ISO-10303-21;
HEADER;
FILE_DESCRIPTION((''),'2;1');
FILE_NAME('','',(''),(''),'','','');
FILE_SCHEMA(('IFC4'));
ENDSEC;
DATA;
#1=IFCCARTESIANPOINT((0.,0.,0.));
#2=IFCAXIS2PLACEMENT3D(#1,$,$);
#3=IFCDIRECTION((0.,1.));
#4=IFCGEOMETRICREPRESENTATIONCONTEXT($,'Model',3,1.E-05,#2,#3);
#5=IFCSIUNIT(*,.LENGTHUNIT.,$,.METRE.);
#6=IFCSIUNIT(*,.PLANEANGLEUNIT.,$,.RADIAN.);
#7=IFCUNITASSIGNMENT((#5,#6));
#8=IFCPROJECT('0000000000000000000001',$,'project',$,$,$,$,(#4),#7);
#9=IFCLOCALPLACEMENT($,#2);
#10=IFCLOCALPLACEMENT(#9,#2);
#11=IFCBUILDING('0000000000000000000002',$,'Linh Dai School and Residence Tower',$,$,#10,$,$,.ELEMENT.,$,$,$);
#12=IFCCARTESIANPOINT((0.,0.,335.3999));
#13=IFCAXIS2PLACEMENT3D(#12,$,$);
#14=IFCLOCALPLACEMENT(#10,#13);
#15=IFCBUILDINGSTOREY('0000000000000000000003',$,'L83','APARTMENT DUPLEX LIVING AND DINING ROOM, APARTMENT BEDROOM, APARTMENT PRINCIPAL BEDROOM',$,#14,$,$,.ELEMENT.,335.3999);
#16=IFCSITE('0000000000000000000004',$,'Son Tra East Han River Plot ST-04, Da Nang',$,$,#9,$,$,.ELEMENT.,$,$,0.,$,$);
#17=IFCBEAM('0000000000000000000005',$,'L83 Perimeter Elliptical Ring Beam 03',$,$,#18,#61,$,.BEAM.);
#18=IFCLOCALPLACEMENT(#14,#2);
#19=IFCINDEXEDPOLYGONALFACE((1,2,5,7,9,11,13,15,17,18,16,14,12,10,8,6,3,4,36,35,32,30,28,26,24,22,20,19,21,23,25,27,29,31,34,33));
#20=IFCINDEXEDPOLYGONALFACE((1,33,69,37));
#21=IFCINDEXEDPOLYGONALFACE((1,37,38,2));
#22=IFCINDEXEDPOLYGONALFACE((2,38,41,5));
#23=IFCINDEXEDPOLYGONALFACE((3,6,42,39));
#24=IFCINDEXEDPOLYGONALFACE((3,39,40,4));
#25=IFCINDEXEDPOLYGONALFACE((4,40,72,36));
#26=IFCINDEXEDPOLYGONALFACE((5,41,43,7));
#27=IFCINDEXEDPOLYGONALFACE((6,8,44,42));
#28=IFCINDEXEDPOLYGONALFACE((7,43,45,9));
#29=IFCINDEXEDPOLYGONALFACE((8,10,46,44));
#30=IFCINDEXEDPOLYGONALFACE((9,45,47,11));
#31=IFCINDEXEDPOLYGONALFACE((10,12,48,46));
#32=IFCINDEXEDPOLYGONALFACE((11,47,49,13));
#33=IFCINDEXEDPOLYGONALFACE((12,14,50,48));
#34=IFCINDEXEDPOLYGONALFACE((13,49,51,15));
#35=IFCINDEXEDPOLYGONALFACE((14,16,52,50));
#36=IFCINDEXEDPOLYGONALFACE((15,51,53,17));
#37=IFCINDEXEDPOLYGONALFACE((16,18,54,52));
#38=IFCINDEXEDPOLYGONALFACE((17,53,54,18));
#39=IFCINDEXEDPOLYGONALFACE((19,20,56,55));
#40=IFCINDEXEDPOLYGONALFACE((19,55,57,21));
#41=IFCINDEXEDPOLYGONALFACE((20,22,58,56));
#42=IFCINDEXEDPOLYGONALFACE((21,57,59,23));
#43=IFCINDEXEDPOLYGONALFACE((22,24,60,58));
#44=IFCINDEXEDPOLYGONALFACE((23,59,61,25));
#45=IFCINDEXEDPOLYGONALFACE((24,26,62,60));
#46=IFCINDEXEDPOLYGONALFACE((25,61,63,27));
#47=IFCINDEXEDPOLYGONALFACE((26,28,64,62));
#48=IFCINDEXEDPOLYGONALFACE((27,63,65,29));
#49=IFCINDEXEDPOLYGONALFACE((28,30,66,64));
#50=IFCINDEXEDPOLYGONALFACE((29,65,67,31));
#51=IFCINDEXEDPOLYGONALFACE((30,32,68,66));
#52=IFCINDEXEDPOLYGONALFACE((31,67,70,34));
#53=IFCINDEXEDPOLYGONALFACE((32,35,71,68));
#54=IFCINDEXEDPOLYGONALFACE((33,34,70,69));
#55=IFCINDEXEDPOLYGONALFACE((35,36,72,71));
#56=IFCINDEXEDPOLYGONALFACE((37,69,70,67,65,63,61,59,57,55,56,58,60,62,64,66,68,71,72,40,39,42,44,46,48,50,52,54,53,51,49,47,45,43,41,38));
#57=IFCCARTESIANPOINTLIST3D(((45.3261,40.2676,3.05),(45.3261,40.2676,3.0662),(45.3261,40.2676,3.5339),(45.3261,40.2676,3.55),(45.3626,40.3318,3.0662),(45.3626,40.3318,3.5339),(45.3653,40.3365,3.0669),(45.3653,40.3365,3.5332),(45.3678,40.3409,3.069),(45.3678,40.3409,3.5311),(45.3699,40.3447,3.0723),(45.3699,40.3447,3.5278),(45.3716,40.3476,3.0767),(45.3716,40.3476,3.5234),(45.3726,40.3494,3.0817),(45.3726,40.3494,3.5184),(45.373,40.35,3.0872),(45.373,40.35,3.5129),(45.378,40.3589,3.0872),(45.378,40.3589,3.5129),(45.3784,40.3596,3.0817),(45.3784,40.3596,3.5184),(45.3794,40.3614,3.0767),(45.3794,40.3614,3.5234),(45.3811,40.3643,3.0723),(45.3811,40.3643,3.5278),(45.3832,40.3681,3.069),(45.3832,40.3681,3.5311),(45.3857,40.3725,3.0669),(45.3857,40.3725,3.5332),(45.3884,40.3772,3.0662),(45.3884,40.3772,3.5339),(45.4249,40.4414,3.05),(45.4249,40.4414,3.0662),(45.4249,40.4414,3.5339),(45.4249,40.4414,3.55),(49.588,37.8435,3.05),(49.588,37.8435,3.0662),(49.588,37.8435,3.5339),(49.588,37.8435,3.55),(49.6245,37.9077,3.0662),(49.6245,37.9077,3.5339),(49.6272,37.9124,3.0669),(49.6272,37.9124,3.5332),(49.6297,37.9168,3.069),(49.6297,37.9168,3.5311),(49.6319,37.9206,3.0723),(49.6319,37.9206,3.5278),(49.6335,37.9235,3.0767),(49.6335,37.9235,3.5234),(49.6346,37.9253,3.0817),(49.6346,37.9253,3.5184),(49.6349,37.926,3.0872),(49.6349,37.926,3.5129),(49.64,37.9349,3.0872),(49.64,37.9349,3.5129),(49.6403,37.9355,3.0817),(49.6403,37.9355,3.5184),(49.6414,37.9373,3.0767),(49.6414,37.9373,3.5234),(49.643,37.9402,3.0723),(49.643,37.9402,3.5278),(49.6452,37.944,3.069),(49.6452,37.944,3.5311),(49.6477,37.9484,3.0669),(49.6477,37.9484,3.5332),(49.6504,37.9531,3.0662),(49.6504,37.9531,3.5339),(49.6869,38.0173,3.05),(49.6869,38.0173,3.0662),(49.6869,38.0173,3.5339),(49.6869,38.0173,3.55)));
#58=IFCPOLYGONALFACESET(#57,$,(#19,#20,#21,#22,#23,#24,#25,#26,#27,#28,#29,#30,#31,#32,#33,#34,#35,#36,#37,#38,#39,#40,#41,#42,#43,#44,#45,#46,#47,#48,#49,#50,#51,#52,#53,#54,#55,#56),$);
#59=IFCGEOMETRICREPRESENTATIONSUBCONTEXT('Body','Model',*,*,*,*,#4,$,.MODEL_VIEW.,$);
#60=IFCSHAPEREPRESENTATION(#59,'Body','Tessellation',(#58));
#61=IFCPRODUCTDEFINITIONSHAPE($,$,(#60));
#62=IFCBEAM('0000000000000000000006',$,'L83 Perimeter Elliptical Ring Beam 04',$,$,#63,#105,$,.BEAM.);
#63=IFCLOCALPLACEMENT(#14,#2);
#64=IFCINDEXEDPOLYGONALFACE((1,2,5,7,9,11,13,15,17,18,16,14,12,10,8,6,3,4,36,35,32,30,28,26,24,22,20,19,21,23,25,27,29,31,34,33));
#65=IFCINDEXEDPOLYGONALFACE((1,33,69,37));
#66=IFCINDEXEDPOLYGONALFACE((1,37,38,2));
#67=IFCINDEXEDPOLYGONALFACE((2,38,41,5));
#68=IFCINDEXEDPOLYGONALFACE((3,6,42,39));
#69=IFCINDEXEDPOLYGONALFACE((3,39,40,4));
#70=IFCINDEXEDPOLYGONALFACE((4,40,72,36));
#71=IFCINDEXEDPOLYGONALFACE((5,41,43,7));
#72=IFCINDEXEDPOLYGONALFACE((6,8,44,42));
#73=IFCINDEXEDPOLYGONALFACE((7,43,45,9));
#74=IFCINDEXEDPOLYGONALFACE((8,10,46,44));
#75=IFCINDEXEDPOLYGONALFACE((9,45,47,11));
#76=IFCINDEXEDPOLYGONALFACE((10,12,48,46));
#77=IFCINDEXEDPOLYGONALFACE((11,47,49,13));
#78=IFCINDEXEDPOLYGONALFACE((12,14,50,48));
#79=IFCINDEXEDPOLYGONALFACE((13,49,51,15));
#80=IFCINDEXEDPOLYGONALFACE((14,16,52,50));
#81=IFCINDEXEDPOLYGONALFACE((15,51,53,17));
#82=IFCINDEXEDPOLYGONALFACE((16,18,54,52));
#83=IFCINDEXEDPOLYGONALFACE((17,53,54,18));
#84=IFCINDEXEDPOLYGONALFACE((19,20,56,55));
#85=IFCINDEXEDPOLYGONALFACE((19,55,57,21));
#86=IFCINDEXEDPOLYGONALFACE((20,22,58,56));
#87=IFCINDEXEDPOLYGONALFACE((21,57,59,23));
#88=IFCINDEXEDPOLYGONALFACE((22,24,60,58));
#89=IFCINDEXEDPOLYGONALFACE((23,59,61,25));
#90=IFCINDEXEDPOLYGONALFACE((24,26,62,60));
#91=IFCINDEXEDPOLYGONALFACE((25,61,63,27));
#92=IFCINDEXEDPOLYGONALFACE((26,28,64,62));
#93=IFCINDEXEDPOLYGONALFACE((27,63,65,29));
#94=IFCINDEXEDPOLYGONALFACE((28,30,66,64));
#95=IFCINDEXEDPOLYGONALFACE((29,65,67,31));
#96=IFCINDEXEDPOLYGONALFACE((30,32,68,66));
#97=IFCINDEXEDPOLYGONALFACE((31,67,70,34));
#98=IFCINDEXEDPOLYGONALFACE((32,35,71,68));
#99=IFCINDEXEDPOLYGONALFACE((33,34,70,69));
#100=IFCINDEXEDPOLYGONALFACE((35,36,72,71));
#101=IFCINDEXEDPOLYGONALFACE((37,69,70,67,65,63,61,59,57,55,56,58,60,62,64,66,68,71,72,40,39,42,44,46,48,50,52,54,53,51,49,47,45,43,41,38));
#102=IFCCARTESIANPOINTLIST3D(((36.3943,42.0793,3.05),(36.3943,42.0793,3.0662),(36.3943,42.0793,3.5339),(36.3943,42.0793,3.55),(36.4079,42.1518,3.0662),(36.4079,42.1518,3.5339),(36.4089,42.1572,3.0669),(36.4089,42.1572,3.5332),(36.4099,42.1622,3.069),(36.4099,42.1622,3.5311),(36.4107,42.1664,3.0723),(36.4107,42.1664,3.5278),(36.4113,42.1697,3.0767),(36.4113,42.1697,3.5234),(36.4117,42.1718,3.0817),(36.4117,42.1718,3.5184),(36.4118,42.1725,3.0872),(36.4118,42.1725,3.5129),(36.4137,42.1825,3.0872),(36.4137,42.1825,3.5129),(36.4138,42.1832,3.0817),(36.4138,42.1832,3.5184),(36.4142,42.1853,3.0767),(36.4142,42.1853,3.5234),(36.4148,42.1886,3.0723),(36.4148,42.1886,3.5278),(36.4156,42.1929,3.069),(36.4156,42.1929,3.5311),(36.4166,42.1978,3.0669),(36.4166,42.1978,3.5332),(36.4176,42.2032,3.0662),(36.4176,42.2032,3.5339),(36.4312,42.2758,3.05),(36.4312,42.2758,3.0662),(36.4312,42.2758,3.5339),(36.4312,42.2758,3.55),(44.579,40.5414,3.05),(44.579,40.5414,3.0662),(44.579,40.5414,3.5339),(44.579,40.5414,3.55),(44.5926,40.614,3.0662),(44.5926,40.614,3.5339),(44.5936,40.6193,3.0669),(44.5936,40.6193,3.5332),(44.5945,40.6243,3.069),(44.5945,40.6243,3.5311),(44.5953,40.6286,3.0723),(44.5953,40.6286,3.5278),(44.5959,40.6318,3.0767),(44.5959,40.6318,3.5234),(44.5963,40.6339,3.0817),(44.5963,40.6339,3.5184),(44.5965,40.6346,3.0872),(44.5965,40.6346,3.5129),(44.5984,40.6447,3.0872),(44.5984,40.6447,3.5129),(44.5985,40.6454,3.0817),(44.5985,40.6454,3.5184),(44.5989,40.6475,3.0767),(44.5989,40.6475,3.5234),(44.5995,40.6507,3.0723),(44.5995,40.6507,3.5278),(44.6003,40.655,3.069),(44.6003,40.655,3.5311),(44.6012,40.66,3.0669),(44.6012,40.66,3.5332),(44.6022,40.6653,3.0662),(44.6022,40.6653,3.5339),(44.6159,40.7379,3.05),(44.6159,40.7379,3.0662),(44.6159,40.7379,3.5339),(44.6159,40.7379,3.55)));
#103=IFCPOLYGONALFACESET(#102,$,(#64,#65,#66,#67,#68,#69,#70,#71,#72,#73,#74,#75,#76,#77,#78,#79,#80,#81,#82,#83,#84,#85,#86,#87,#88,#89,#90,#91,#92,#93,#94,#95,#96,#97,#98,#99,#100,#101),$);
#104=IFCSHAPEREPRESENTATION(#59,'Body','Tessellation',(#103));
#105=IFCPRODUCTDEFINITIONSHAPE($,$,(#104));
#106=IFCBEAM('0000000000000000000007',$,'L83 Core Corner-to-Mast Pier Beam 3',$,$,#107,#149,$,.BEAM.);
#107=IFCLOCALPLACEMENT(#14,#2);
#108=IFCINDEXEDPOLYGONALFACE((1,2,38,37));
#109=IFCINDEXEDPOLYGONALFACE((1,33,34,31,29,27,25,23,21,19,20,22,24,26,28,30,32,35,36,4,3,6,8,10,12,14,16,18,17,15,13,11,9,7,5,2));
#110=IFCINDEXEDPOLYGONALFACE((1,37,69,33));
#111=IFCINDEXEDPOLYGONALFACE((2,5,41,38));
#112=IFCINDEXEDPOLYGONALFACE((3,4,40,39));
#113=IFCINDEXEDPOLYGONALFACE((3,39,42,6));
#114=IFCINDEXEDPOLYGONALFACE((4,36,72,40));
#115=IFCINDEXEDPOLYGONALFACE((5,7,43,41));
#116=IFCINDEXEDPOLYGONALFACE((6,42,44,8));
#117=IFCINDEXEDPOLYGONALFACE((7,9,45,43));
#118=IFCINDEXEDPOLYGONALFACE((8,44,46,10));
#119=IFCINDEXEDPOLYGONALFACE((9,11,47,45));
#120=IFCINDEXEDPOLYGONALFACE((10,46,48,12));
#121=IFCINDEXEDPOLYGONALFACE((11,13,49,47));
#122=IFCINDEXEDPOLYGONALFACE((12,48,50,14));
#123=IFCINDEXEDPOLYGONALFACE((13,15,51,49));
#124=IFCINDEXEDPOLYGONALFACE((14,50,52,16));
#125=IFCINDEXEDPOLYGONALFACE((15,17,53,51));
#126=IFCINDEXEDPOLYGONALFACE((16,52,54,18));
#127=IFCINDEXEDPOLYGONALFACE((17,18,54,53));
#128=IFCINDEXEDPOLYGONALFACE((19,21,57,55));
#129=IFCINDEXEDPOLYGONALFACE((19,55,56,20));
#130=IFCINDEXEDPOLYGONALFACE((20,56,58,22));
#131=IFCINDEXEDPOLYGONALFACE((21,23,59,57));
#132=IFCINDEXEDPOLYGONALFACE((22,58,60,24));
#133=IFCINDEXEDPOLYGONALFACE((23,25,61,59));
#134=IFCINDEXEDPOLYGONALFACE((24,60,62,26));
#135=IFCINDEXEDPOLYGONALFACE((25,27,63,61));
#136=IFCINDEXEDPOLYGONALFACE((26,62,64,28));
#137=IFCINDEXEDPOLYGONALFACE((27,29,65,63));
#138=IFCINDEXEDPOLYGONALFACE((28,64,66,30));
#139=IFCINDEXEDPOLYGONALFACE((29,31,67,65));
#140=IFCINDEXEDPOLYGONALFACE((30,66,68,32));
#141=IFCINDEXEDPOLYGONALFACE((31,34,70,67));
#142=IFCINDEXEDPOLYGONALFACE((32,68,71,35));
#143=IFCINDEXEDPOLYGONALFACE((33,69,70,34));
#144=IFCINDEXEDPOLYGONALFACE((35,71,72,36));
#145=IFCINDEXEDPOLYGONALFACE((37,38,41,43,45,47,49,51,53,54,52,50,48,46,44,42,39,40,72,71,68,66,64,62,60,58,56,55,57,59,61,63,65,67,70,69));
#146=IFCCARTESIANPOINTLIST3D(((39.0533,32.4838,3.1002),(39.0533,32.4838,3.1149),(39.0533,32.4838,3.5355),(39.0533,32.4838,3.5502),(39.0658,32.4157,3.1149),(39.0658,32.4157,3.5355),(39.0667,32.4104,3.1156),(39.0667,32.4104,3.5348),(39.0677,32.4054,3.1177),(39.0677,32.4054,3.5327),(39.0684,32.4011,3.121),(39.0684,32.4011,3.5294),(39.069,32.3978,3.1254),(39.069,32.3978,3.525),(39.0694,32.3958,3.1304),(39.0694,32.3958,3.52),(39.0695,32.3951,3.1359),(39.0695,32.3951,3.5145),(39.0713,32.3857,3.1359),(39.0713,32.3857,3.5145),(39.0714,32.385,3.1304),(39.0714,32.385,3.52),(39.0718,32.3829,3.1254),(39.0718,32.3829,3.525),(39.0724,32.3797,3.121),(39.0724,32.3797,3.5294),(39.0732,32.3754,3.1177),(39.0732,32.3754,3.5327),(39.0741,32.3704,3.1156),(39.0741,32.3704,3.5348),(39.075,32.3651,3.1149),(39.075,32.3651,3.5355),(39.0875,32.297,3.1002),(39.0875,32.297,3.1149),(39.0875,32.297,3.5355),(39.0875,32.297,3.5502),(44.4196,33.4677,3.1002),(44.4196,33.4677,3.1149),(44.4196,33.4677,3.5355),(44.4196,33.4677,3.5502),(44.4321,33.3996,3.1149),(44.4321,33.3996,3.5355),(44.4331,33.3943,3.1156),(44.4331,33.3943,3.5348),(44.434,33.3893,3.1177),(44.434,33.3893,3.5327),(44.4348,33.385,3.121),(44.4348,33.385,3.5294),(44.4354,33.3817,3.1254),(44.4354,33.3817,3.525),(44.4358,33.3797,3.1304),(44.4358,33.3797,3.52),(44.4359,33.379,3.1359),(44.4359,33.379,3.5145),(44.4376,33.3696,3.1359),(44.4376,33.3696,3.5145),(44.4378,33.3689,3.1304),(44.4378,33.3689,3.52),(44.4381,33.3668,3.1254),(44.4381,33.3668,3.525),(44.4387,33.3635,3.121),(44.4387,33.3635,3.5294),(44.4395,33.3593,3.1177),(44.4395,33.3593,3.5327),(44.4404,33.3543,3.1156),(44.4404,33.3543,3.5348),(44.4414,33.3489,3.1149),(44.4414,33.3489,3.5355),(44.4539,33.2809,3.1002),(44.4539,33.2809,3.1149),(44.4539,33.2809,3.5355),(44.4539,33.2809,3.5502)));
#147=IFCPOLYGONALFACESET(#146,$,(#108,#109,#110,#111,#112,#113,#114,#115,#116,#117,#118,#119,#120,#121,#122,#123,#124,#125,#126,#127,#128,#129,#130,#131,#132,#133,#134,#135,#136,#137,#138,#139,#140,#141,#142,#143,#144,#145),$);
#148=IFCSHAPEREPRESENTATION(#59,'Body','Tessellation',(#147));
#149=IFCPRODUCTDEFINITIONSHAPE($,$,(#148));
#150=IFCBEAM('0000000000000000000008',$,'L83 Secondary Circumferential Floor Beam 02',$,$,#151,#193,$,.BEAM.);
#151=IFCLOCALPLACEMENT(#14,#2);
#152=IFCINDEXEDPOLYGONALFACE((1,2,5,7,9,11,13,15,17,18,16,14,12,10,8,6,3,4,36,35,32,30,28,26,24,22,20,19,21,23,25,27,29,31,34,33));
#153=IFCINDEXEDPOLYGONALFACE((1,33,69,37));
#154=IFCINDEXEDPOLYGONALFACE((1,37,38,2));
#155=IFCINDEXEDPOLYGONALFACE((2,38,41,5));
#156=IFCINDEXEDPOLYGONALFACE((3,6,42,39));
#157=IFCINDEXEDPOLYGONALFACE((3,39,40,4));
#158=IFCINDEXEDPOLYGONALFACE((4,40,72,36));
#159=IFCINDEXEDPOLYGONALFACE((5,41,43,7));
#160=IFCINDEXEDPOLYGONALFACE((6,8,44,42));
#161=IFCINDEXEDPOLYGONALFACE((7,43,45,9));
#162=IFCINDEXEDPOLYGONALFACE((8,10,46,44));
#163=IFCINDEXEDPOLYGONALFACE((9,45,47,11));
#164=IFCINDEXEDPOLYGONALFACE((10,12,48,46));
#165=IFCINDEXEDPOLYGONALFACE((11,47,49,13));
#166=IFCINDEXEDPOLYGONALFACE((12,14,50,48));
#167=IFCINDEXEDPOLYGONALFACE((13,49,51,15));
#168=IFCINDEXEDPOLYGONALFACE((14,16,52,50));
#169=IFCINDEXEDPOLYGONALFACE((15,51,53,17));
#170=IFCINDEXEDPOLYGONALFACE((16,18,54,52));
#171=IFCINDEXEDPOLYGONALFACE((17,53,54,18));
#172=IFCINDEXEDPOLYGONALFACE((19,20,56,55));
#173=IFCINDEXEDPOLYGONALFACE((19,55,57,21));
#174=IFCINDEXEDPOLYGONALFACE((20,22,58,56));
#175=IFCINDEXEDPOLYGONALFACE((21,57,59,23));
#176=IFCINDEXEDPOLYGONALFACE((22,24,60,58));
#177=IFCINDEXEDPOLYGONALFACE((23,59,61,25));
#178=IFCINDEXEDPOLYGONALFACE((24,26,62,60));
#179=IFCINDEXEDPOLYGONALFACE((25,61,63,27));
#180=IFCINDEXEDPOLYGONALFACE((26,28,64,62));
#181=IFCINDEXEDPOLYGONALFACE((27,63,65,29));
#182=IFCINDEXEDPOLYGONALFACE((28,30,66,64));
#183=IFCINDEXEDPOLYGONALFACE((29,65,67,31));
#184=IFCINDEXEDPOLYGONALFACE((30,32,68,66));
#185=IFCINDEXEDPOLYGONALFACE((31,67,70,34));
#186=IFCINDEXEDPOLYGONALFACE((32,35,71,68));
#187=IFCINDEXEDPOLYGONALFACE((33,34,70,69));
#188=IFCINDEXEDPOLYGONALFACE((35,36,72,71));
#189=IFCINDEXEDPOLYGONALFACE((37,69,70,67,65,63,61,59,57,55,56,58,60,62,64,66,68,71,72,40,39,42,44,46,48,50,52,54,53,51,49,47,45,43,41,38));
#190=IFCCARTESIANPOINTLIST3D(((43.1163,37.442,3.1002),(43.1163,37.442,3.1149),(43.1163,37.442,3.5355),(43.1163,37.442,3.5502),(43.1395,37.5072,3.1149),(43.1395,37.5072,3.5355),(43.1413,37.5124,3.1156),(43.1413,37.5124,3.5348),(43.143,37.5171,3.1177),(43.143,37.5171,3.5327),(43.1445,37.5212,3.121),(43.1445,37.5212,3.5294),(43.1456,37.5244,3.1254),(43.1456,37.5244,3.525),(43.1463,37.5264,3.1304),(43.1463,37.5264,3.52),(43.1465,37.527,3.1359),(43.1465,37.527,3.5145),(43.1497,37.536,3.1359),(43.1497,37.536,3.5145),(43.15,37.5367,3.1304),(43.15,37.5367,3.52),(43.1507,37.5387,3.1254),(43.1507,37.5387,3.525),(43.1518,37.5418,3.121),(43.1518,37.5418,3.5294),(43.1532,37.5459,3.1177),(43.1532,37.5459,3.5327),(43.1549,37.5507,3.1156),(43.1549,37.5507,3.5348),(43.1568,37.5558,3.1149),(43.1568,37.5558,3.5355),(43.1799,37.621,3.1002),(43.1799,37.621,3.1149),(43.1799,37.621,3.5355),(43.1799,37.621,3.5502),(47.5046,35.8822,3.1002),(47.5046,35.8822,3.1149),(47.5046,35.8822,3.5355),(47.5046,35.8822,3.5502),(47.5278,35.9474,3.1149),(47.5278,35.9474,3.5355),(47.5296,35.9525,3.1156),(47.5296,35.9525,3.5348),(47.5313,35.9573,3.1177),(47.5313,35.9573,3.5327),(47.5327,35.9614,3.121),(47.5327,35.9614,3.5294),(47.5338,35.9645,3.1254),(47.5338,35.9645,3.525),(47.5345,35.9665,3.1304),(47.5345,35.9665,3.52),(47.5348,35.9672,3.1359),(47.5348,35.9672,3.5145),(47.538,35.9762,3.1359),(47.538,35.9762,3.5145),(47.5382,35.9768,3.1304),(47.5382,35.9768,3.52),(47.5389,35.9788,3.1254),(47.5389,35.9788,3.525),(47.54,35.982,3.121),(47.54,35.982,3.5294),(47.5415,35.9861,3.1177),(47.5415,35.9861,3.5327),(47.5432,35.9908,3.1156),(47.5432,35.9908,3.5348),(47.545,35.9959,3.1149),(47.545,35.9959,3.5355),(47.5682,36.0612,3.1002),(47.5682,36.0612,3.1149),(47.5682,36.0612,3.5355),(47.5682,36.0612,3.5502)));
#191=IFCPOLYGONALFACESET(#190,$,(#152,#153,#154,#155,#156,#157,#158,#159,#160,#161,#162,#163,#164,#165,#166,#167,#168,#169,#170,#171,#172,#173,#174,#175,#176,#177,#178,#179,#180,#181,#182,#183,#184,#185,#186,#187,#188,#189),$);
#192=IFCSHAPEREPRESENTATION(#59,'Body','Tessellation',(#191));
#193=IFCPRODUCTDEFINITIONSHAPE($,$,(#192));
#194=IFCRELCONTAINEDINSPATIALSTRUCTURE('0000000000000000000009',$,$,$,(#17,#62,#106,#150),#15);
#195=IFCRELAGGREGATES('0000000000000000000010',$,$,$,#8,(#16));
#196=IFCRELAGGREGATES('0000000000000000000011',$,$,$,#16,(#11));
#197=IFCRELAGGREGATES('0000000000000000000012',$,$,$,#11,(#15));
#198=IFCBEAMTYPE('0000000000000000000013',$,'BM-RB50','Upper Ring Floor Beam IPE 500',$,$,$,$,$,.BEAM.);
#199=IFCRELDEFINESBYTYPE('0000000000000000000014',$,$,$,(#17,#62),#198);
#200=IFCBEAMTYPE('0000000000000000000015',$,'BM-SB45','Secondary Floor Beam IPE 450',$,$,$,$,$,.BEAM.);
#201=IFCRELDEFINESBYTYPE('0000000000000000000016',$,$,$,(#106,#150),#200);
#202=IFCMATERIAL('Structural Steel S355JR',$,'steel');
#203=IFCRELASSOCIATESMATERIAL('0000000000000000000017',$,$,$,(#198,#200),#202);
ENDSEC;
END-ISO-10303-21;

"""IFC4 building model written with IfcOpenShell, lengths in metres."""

from ifc_helpers import new_model, si_unit, direction, frame, origin, origin_2d, place, context, subcontext, project, spatial, i_section, extrude, material, material_profile, profile_set, type_object, element, save


model = new_model("IFC4")

# Units and contexts
model_context = context("Model", 3, precision=1e-05, world=origin(), true_north=direction((0.0, 1.0)))
body_context = subcontext(model_context, "Body", "Model", "MODEL_VIEW")
ifc_project = project(units=[si_unit("LENGTHUNIT", "METRE"), si_unit("PLANEANGLEUNIT", "RADIAN")], contexts=[model_context])

# Site, building, storey
site_placement = place(None, origin())
site = spatial("IfcSite", under=ifc_project, at=site_placement, Name="Son Tra East Han River Plot ST-04, Da Nang", CompositionType="ELEMENT", RefElevation=0.0)
building_placement = place(site_placement, origin())
building = spatial("IfcBuilding", under=site, at=building_placement, Name="Linh Dai School and Residence Tower", CompositionType="ELEMENT")
storey_placement = place(building_placement, frame((0.0, 0.0, 335.3999)))
storey = spatial("IfcBuildingStorey", under=building, at=storey_placement, Name="L83", Description="APARTMENT DUPLEX LIVING AND DINING ROOM, APARTMENT BEDROOM, APARTMENT PRINCIPAL BEDROOM", CompositionType="ELEMENT", Elevation=335.3999)

# Shared definitions
ifc_material_1 = material(Name="Structural Steel S355JR", Category="steel")

# Beams
ifc_material_profile_1 = material_profile(ifc_material_1, i_section(OverallWidth=0.2, OverallDepth=0.5, WebThickness=0.0103, FlangeThickness=0.0161, FilletRadius=0.021, at=origin_2d()), Name="IPE 500")
ifc_profile_set_1 = profile_set([ifc_material_profile_1], Name="Structural Steel S355JR")
beam_type_1 = type_object("IfcBeamType", Name="BM-RB50", Description="Upper Ring Floor Beam IPE 500", PredefinedType="BEAM", material=ifc_profile_set_1)
beam_1_placement = place(storey_placement, frame((49.6375, 37.9304, 3.3), z_axis=(-0.869237, 0.494395, 0.0), x_axis=(-0.494395, -0.869237, 0.0)))
element("IfcBeam", 1, at=beam_1_placement, inside=storey, type_object=beam_type_1, Name="L83 Perimeter Elliptical Ring Beam 03", PredefinedType="BEAM", context=body_context, shape_type="SweptSolid", body=[
    extrude(i_section(OverallWidth=0.2, OverallDepth=0.5, WebThickness=0.0103, FlangeThickness=0.0161, FilletRadius=0.021, at=origin_2d()), origin(), (0.0, 0.0, 1.0), 4.9031),
])
beam_2_placement = place(storey_placement, frame((44.5974, 40.6396, 3.3), z_axis=(-0.982802, 0.184664, 0.0), x_axis=(-0.184664, -0.982802, 0.0)))
element("IfcBeam", 2, at=beam_2_placement, inside=storey, type_object=beam_type_1, Name="L83 Perimeter Elliptical Ring Beam 04", PredefinedType="BEAM", context=body_context, shape_type="SweptSolid", body=[
    extrude(i_section(OverallWidth=0.2, OverallDepth=0.5, WebThickness=0.0103, FlangeThickness=0.0161, FilletRadius=0.021, at=origin_2d()), origin(), (0.0, 0.0, 1.0), 8.3279),
])
ifc_material_profile_2 = material_profile(ifc_material_1, i_section(OverallWidth=0.1899, OverallDepth=0.45, WebThickness=0.0095, FlangeThickness=0.0146, FilletRadius=0.021, at=origin_2d()), Name="IPE 450")
ifc_profile_set_2 = profile_set([ifc_material_profile_2], Name="Structural Steel S355JR")
beam_type_2 = type_object("IfcBeamType", Name="BM-SB45", Description="Secondary Floor Beam IPE 450", PredefinedType="BEAM", material=ifc_profile_set_2)
beam_3_placement = place(storey_placement, frame((44.4368, 33.3743, 3.3252), z_axis=(-0.983605, -0.180334, 0.0), x_axis=(0.180334, -0.983605, 0.0)))
element("IfcBeam", 3, at=beam_3_placement, inside=storey, type_object=beam_type_2, Name="L83 Core Corner-to-Mast Pier Beam 3", PredefinedType="BEAM", context=body_context, shape_type="SweptSolid", body=[
    extrude(i_section(OverallWidth=0.1899, OverallDepth=0.45, WebThickness=0.0095, FlangeThickness=0.0146, FilletRadius=0.021, at=origin_2d()), origin(), (0.0, 0.0, 1.0), 5.4558),
])
beam_4_placement = place(storey_placement, frame((47.5364, 35.9717, 3.3252), z_axis=(-0.942244, 0.334928, 0.0), x_axis=(-0.334928, -0.942244, 0.0)))
element("IfcBeam", 4, at=beam_4_placement, inside=storey, type_object=beam_type_2, Name="L83 Secondary Circumferential Floor Beam 02", PredefinedType="BEAM", context=body_context, shape_type="SweptSolid", body=[
    extrude(i_section(OverallWidth=0.1899, OverallDepth=0.45, WebThickness=0.0095, FlangeThickness=0.0146, FilletRadius=0.021, at=origin_2d()), origin(), (0.0, 0.0, 1.0), 4.6572),
])

save(model, "model.ifc")
